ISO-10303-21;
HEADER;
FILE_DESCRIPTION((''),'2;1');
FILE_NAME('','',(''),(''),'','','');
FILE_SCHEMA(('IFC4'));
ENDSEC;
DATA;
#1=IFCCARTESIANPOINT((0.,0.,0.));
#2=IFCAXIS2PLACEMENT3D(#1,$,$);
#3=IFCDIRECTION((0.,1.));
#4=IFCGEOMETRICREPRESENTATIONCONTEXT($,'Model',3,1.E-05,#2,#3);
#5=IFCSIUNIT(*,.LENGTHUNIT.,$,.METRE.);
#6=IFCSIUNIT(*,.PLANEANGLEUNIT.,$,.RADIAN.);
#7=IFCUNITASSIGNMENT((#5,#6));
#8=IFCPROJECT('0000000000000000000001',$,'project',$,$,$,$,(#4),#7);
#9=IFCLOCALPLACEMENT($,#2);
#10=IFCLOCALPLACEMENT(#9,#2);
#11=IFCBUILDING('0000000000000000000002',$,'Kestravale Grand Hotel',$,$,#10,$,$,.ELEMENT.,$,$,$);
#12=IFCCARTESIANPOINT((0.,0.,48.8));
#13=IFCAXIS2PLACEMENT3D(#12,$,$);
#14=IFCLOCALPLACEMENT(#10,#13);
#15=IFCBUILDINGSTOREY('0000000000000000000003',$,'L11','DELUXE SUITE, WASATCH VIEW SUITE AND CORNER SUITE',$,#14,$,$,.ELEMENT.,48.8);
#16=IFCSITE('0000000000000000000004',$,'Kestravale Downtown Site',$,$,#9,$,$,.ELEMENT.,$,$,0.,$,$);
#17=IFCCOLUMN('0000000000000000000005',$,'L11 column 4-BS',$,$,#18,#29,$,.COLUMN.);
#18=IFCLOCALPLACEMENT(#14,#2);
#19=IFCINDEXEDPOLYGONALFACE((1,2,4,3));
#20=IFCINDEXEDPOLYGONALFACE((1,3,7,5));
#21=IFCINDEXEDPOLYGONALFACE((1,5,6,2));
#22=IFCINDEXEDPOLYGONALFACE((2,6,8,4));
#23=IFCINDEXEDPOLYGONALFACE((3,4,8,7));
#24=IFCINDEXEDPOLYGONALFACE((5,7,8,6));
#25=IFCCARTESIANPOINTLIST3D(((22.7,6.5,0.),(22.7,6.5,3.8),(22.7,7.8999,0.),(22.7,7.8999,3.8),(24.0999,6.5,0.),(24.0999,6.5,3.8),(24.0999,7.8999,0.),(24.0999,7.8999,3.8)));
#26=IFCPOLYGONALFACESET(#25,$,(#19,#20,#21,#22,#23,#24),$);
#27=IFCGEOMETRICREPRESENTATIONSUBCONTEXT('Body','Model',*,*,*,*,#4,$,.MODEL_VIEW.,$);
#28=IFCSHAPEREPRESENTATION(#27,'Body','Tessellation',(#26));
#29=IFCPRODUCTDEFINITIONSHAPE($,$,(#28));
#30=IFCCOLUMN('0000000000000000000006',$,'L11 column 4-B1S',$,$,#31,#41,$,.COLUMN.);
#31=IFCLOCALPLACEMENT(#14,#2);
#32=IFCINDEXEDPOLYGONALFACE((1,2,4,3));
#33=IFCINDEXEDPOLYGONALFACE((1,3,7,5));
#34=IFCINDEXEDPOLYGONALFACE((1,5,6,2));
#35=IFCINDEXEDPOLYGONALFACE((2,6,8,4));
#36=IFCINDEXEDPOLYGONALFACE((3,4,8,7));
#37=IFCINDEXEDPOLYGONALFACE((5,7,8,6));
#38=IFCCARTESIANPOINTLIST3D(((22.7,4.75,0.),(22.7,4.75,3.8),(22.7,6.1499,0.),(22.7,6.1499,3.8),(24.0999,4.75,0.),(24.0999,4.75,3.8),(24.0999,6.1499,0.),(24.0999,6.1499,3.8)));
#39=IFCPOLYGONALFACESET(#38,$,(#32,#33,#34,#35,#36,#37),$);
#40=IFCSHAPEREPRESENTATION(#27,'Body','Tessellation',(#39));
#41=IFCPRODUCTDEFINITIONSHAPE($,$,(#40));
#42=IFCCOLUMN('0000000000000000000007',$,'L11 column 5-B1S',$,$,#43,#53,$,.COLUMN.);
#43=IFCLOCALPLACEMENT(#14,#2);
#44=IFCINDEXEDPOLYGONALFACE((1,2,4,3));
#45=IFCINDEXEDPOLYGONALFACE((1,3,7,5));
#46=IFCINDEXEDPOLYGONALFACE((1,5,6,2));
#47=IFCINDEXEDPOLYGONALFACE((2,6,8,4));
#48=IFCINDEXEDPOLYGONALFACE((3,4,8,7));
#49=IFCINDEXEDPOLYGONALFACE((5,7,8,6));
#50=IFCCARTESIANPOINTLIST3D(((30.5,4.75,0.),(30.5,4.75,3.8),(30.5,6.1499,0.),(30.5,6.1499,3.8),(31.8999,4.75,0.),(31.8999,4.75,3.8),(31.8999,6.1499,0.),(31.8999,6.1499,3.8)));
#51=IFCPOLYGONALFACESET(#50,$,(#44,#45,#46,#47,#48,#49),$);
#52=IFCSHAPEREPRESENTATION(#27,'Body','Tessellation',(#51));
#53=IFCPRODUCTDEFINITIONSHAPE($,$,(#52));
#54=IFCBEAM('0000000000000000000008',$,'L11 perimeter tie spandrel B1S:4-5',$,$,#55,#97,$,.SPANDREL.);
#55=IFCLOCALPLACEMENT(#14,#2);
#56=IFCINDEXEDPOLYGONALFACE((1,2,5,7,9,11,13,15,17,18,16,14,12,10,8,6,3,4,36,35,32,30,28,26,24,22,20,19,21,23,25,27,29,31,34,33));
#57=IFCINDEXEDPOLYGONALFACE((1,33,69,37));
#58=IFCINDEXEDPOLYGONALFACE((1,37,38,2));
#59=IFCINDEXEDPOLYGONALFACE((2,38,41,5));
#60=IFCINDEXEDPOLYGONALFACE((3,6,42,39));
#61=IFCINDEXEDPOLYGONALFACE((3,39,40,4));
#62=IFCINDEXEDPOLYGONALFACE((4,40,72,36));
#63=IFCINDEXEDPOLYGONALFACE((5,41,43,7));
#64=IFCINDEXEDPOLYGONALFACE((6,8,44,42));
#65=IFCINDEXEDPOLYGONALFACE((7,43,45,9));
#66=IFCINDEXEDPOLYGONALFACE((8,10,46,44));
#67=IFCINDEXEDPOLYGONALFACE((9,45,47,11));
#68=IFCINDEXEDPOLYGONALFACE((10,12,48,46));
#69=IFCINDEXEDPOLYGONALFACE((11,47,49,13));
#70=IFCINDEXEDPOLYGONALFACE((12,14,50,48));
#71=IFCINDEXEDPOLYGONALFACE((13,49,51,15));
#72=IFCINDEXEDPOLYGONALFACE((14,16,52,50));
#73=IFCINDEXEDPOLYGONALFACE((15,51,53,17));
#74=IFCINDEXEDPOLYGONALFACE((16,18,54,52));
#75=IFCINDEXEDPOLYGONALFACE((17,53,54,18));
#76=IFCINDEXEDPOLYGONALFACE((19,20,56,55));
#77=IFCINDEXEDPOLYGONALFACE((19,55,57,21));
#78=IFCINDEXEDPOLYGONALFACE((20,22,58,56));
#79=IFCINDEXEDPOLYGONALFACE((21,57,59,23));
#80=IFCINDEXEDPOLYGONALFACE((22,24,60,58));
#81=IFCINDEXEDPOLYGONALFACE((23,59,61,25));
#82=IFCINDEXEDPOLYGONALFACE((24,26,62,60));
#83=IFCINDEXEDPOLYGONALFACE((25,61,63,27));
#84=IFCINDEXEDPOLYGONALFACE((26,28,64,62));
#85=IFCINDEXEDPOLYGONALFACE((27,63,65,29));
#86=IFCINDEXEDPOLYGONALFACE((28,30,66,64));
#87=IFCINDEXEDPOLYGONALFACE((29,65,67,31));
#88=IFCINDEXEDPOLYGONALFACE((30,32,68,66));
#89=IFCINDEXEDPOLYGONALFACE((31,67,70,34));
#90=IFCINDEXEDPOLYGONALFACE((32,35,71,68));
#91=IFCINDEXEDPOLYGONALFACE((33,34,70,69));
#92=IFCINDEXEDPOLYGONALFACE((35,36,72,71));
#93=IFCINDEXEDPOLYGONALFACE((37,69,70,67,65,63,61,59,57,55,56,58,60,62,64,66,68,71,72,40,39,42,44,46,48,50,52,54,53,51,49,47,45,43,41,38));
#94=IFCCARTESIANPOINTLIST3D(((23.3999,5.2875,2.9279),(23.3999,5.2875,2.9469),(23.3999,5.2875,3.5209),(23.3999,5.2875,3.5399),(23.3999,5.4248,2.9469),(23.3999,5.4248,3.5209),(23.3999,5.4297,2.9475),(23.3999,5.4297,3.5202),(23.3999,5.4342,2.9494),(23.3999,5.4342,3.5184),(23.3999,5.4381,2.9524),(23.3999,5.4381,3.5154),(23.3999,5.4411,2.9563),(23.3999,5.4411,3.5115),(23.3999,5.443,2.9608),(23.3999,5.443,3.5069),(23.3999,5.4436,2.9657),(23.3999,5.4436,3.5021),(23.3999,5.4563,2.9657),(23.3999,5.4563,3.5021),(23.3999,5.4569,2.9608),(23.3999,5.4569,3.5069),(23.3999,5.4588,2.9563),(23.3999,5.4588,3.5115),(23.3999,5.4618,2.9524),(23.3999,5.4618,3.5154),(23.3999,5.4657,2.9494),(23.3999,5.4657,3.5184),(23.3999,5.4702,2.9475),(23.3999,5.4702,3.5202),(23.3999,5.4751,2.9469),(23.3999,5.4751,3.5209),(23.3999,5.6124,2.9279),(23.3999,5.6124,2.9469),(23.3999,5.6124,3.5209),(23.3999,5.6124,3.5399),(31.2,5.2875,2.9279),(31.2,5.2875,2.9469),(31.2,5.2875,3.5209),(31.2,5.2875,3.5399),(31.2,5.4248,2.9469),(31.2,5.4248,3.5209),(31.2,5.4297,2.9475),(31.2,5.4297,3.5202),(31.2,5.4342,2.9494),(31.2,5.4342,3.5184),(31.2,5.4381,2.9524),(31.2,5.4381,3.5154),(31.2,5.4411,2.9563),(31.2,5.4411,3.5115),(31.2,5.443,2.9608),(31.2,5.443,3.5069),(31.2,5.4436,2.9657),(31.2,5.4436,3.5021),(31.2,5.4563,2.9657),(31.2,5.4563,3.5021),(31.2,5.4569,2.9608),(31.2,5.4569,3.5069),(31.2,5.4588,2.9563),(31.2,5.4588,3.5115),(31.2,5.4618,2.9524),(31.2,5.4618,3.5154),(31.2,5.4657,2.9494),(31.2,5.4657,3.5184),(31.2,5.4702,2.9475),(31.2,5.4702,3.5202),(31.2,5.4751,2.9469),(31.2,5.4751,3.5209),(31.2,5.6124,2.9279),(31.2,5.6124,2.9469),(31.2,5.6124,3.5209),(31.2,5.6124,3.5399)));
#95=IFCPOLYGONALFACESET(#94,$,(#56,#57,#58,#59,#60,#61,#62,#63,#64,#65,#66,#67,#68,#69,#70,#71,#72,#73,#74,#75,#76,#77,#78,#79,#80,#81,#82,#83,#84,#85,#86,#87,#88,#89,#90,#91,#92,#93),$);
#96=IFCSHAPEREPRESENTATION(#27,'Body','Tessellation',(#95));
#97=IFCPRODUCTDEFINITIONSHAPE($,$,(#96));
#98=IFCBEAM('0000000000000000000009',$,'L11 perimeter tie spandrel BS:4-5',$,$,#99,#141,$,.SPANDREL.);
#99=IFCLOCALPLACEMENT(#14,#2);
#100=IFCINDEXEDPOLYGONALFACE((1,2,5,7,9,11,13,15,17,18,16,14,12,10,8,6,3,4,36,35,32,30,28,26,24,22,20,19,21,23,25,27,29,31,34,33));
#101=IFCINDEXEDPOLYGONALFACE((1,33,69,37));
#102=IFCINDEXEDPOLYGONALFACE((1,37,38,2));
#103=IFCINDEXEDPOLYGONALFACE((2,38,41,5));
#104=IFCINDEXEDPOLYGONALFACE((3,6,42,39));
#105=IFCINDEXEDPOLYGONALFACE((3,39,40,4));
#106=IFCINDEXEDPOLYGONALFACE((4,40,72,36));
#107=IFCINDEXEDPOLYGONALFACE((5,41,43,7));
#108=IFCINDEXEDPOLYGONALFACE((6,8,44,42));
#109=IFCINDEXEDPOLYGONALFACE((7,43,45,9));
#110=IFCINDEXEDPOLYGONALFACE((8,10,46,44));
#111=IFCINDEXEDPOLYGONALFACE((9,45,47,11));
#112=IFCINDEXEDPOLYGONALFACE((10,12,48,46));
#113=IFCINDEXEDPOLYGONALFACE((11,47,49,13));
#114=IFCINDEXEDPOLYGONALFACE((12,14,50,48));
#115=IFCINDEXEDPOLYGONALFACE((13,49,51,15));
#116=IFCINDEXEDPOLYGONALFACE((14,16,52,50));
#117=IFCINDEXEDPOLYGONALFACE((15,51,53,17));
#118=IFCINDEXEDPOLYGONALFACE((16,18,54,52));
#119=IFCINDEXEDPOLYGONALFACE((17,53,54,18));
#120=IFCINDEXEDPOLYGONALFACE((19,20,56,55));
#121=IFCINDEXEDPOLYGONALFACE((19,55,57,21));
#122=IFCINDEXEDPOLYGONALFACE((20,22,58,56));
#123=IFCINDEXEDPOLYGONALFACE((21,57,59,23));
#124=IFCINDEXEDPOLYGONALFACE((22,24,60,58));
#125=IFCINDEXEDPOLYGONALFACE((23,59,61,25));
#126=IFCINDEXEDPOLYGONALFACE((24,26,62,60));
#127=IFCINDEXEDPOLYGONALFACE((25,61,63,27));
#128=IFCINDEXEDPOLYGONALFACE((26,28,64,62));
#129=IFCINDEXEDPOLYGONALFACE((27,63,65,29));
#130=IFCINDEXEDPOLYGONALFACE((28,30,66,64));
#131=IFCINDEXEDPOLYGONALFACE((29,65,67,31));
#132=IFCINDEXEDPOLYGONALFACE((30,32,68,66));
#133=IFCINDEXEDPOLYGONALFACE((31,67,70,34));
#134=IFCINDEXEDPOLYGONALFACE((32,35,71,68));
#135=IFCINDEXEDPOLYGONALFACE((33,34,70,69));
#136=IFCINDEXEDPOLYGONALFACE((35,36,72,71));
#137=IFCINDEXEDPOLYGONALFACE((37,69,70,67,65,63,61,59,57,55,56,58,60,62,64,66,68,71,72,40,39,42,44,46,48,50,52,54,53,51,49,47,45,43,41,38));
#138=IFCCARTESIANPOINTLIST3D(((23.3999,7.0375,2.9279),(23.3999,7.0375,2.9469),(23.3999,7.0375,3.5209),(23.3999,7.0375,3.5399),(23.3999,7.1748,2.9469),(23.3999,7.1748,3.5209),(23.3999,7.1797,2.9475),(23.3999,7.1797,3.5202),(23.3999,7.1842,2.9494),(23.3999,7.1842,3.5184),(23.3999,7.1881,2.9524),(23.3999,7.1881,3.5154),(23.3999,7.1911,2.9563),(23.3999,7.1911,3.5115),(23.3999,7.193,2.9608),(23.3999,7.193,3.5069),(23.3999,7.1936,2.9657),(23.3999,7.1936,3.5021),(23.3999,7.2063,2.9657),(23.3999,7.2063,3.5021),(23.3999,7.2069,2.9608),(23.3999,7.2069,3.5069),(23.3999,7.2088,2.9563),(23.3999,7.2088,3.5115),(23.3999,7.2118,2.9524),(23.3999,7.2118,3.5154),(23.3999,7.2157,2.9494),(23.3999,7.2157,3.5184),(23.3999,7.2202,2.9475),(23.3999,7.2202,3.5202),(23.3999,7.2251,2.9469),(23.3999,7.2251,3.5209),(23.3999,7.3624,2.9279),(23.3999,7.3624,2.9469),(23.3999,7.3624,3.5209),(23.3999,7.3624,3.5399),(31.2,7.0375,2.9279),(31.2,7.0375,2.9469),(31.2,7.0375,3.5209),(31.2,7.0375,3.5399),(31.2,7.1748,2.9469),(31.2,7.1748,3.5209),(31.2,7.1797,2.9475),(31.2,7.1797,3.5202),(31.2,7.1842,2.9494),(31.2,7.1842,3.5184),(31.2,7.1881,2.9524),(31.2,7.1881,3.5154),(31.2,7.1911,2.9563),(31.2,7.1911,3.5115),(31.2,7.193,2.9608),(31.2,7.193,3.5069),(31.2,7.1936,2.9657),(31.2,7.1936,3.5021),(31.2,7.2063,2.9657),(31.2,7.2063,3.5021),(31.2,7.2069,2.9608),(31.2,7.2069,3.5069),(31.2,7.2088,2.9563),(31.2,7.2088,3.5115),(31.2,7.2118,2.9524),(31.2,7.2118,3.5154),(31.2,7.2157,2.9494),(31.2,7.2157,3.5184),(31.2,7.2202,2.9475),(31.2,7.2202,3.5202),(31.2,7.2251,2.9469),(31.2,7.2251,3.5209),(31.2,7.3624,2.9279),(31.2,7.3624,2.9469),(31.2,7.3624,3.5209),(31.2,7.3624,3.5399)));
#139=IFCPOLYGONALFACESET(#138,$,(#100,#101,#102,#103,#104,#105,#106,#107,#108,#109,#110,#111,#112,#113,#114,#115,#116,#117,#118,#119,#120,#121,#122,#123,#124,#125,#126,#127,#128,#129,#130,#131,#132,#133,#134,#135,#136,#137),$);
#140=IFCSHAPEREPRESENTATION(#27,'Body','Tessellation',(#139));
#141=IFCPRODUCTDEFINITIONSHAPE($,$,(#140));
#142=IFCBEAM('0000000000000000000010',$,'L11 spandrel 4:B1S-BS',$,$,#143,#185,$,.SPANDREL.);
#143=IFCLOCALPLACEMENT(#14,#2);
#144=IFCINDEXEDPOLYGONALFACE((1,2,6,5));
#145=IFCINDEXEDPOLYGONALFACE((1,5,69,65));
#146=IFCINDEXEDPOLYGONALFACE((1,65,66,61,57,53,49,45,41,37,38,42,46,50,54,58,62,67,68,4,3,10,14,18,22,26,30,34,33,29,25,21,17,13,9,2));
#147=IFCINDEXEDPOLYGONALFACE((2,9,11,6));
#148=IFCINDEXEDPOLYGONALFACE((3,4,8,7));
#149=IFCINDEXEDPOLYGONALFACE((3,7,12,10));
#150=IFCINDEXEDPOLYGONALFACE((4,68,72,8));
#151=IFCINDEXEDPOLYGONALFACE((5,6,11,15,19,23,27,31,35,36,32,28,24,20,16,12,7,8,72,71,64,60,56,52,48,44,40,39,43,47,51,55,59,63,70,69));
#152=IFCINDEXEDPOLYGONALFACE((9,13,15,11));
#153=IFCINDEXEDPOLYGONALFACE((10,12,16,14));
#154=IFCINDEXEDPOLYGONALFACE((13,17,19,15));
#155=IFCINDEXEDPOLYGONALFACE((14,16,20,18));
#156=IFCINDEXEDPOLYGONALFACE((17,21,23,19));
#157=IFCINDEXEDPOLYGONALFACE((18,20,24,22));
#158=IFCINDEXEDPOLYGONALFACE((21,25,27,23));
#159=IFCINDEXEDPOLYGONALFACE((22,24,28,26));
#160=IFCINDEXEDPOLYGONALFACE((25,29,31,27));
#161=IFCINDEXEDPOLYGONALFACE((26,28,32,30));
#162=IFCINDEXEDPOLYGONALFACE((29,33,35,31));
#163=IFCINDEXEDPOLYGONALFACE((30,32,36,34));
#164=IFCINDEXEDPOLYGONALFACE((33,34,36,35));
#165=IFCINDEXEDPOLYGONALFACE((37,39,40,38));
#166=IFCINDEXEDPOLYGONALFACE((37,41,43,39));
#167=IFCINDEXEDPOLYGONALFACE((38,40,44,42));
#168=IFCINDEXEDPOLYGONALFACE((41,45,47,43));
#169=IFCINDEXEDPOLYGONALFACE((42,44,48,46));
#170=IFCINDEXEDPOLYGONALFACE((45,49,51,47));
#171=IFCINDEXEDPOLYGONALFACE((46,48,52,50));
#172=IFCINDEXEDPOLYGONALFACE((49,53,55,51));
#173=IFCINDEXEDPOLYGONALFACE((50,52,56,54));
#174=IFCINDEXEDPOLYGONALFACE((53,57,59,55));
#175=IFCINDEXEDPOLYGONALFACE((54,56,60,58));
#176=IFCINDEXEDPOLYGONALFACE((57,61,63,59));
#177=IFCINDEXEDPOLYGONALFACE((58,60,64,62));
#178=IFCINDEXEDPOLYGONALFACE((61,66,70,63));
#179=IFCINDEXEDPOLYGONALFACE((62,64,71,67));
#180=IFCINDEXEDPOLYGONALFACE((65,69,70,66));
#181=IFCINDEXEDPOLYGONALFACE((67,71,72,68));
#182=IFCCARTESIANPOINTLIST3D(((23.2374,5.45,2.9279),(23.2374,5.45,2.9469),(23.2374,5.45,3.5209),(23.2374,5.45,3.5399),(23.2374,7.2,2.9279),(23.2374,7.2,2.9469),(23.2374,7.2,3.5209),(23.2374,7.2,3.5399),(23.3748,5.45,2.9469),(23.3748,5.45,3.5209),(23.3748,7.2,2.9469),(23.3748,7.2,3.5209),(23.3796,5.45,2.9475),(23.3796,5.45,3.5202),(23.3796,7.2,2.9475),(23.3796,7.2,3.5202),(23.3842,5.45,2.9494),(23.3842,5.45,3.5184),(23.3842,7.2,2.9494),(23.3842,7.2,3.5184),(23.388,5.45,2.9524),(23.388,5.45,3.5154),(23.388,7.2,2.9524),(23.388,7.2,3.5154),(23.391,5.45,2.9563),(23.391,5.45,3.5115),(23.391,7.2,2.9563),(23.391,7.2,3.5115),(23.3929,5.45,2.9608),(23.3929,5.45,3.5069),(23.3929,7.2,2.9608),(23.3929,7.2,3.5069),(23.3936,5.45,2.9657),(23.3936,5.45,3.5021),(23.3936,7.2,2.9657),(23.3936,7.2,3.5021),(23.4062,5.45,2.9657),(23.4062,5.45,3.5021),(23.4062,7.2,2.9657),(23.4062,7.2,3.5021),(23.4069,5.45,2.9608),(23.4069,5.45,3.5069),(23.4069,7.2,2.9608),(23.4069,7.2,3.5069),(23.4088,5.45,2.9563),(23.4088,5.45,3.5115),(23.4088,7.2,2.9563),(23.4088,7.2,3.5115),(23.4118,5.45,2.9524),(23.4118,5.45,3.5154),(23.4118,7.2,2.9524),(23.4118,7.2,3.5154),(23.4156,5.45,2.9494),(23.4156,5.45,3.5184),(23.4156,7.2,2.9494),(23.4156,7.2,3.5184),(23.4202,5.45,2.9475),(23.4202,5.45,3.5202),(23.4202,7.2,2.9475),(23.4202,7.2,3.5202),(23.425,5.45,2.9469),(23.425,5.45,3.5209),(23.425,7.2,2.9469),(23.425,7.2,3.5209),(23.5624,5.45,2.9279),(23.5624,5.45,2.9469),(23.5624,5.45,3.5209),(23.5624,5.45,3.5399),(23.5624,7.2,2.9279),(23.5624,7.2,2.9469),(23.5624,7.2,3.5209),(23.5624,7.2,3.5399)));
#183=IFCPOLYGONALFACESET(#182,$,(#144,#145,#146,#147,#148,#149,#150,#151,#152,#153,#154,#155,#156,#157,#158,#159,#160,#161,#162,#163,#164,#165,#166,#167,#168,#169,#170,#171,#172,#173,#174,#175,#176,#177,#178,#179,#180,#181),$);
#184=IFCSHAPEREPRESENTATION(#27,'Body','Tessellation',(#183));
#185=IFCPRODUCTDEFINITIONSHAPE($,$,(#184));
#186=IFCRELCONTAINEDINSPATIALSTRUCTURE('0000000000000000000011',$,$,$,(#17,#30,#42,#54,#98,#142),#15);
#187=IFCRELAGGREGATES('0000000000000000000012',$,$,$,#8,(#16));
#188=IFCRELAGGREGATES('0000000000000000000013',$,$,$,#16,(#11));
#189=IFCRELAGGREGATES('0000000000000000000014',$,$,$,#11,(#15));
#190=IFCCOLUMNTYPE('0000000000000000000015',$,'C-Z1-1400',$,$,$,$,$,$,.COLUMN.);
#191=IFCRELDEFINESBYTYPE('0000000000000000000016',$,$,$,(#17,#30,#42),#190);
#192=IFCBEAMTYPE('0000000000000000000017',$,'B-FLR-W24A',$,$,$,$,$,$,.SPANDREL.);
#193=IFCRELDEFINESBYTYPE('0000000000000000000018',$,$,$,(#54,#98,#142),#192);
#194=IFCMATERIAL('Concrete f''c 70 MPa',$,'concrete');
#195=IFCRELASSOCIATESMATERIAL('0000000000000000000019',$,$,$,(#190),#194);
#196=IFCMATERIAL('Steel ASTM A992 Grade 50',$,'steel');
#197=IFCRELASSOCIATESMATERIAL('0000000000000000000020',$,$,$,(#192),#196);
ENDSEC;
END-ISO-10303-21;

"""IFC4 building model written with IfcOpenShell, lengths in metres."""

from ifc_helpers import new_model, si_unit, direction, frame, origin, origin_2d, place, context, subcontext, project, spatial, rectangle, i_section, extrude, material, material_profile, profile_set, type_object, element, save


model = new_model("IFC4")

# Units and contexts
model_context = context("Model", 3, precision=1e-05, world=origin(), true_north=direction((0.0, 1.0)))
body_context = subcontext(model_context, "Body", "Model", "MODEL_VIEW")
ifc_project = project(units=[si_unit("LENGTHUNIT", "METRE"), si_unit("PLANEANGLEUNIT", "RADIAN")], contexts=[model_context])

# Site, building, storey
site_placement = place(None, origin())
site = spatial("IfcSite", under=ifc_project, at=site_placement, Name="Kestravale Downtown Site", CompositionType="ELEMENT", RefElevation=0.0)
building_placement = place(site_placement, origin())
building = spatial("IfcBuilding", under=site, at=building_placement, Name="Kestravale Grand Hotel", CompositionType="ELEMENT")
storey_placement = place(building_placement, frame((0.0, 0.0, 48.8)))
storey = spatial("IfcBuildingStorey", under=building, at=storey_placement, Name="L11", Description="DELUXE SUITE, WASATCH VIEW SUITE AND CORNER SUITE", CompositionType="ELEMENT", Elevation=48.8)

# Columns
ifc_material_1 = material(Name="Concrete f'c 70 MPa", Category="concrete")
ifc_material_profile_1 = material_profile(ifc_material_1, rectangle(XDim=1.3999, YDim=1.3999, at=origin_2d()))
ifc_profile_set_1 = profile_set([ifc_material_profile_1], Name="Concrete f'c 70 MPa")
column_type = type_object("IfcColumnType", Name="C-Z1-1400", PredefinedType="COLUMN", material=ifc_profile_set_1)
for number, where, z_axis, x_axis, name in (
    (1, (23.3999, 7.2, 0.0), (0.0, 0.0, 1.0), (1.0, 0.0, 0.0), "L11 column 4-BS"),
    (2, (23.3999, 5.45, 0.0), (0.0, 0.0, 1.0), (1.0, 0.0, 0.0), "L11 column 4-B1S"),
    (3, (31.2, 5.45, 0.0), (0.0, 0.0, 1.0), (1.0, 0.0, 0.0), "L11 column 5-B1S"),
):
    element("IfcColumn", number, at=place(storey_placement, frame(where, z_axis=z_axis, x_axis=x_axis)), inside=storey, type_object=column_type, Name=name, PredefinedType="COLUMN", context=body_context, shape_type="SweptSolid", body=[
        extrude(rectangle(XDim=1.3999, YDim=1.3999, at=origin_2d()), origin(), (0.0, 0.0, 1.0), 3.8),
    ])

# Beams
ifc_material_2 = material(Name="Steel ASTM A992 Grade 50", Category="steel")
ifc_material_profile_2 = material_profile(ifc_material_2, i_section(OverallWidth=0.325, OverallDepth=0.6121, WebThickness=0.0127, FlangeThickness=0.019, FilletRadius=0.0188, at=origin_2d()))
ifc_profile_set_2 = profile_set([ifc_material_profile_2], Name="Steel ASTM A992 Grade 50")
beam_type_1 = type_object("IfcBeamType", Name="B-FLR-W24A", PredefinedType="SPANDREL", material=ifc_profile_set_2)
for number, where, z_axis, x_axis, name in (
    (4, (23.3999, 5.45, 3.2339), (1.0, 0.0, 0.0), (0.0, 1.0, 0.0), "L11 perimeter tie spandrel B1S:4-5"),
    (5, (23.3999, 7.2, 3.2339), (1.0, 0.0, 0.0), (0.0, 1.0, 0.0), "L11 perimeter tie spandrel BS:4-5"),
):
    element("IfcBeam", number, at=place(storey_placement, frame(where, z_axis=z_axis, x_axis=x_axis)), inside=storey, type_object=beam_type_1, Name=name, PredefinedType="SPANDREL", context=body_context, shape_type="SweptSolid", body=[
        extrude(i_section(OverallWidth=0.325, OverallDepth=0.6121, WebThickness=0.0127, FlangeThickness=0.019, FilletRadius=0.0188, at=origin_2d()), origin(), (0.0, 0.0, 1.0), 7.8),
    ])
for number, where, z_axis, x_axis, name in (
    (6, (23.3999, 5.45, 3.2339), (0.0, 1.0, 0.0), (-1.0, 0.0, 0.0), "L11 spandrel 4:B1S-BS"),
):
    element("IfcBeam", number, at=place(storey_placement, frame(where, z_axis=z_axis, x_axis=x_axis)), inside=storey, type_object=beam_type_1, Name=name, PredefinedType="SPANDREL", context=body_context, shape_type="SweptSolid", body=[
        extrude(i_section(OverallWidth=0.325, OverallDepth=0.6121, WebThickness=0.0127, FlangeThickness=0.019, FilletRadius=0.0188, at=origin_2d()), origin(), (0.0, 0.0, 1.0), 1.75),
    ])

save(model, "model.ifc")
